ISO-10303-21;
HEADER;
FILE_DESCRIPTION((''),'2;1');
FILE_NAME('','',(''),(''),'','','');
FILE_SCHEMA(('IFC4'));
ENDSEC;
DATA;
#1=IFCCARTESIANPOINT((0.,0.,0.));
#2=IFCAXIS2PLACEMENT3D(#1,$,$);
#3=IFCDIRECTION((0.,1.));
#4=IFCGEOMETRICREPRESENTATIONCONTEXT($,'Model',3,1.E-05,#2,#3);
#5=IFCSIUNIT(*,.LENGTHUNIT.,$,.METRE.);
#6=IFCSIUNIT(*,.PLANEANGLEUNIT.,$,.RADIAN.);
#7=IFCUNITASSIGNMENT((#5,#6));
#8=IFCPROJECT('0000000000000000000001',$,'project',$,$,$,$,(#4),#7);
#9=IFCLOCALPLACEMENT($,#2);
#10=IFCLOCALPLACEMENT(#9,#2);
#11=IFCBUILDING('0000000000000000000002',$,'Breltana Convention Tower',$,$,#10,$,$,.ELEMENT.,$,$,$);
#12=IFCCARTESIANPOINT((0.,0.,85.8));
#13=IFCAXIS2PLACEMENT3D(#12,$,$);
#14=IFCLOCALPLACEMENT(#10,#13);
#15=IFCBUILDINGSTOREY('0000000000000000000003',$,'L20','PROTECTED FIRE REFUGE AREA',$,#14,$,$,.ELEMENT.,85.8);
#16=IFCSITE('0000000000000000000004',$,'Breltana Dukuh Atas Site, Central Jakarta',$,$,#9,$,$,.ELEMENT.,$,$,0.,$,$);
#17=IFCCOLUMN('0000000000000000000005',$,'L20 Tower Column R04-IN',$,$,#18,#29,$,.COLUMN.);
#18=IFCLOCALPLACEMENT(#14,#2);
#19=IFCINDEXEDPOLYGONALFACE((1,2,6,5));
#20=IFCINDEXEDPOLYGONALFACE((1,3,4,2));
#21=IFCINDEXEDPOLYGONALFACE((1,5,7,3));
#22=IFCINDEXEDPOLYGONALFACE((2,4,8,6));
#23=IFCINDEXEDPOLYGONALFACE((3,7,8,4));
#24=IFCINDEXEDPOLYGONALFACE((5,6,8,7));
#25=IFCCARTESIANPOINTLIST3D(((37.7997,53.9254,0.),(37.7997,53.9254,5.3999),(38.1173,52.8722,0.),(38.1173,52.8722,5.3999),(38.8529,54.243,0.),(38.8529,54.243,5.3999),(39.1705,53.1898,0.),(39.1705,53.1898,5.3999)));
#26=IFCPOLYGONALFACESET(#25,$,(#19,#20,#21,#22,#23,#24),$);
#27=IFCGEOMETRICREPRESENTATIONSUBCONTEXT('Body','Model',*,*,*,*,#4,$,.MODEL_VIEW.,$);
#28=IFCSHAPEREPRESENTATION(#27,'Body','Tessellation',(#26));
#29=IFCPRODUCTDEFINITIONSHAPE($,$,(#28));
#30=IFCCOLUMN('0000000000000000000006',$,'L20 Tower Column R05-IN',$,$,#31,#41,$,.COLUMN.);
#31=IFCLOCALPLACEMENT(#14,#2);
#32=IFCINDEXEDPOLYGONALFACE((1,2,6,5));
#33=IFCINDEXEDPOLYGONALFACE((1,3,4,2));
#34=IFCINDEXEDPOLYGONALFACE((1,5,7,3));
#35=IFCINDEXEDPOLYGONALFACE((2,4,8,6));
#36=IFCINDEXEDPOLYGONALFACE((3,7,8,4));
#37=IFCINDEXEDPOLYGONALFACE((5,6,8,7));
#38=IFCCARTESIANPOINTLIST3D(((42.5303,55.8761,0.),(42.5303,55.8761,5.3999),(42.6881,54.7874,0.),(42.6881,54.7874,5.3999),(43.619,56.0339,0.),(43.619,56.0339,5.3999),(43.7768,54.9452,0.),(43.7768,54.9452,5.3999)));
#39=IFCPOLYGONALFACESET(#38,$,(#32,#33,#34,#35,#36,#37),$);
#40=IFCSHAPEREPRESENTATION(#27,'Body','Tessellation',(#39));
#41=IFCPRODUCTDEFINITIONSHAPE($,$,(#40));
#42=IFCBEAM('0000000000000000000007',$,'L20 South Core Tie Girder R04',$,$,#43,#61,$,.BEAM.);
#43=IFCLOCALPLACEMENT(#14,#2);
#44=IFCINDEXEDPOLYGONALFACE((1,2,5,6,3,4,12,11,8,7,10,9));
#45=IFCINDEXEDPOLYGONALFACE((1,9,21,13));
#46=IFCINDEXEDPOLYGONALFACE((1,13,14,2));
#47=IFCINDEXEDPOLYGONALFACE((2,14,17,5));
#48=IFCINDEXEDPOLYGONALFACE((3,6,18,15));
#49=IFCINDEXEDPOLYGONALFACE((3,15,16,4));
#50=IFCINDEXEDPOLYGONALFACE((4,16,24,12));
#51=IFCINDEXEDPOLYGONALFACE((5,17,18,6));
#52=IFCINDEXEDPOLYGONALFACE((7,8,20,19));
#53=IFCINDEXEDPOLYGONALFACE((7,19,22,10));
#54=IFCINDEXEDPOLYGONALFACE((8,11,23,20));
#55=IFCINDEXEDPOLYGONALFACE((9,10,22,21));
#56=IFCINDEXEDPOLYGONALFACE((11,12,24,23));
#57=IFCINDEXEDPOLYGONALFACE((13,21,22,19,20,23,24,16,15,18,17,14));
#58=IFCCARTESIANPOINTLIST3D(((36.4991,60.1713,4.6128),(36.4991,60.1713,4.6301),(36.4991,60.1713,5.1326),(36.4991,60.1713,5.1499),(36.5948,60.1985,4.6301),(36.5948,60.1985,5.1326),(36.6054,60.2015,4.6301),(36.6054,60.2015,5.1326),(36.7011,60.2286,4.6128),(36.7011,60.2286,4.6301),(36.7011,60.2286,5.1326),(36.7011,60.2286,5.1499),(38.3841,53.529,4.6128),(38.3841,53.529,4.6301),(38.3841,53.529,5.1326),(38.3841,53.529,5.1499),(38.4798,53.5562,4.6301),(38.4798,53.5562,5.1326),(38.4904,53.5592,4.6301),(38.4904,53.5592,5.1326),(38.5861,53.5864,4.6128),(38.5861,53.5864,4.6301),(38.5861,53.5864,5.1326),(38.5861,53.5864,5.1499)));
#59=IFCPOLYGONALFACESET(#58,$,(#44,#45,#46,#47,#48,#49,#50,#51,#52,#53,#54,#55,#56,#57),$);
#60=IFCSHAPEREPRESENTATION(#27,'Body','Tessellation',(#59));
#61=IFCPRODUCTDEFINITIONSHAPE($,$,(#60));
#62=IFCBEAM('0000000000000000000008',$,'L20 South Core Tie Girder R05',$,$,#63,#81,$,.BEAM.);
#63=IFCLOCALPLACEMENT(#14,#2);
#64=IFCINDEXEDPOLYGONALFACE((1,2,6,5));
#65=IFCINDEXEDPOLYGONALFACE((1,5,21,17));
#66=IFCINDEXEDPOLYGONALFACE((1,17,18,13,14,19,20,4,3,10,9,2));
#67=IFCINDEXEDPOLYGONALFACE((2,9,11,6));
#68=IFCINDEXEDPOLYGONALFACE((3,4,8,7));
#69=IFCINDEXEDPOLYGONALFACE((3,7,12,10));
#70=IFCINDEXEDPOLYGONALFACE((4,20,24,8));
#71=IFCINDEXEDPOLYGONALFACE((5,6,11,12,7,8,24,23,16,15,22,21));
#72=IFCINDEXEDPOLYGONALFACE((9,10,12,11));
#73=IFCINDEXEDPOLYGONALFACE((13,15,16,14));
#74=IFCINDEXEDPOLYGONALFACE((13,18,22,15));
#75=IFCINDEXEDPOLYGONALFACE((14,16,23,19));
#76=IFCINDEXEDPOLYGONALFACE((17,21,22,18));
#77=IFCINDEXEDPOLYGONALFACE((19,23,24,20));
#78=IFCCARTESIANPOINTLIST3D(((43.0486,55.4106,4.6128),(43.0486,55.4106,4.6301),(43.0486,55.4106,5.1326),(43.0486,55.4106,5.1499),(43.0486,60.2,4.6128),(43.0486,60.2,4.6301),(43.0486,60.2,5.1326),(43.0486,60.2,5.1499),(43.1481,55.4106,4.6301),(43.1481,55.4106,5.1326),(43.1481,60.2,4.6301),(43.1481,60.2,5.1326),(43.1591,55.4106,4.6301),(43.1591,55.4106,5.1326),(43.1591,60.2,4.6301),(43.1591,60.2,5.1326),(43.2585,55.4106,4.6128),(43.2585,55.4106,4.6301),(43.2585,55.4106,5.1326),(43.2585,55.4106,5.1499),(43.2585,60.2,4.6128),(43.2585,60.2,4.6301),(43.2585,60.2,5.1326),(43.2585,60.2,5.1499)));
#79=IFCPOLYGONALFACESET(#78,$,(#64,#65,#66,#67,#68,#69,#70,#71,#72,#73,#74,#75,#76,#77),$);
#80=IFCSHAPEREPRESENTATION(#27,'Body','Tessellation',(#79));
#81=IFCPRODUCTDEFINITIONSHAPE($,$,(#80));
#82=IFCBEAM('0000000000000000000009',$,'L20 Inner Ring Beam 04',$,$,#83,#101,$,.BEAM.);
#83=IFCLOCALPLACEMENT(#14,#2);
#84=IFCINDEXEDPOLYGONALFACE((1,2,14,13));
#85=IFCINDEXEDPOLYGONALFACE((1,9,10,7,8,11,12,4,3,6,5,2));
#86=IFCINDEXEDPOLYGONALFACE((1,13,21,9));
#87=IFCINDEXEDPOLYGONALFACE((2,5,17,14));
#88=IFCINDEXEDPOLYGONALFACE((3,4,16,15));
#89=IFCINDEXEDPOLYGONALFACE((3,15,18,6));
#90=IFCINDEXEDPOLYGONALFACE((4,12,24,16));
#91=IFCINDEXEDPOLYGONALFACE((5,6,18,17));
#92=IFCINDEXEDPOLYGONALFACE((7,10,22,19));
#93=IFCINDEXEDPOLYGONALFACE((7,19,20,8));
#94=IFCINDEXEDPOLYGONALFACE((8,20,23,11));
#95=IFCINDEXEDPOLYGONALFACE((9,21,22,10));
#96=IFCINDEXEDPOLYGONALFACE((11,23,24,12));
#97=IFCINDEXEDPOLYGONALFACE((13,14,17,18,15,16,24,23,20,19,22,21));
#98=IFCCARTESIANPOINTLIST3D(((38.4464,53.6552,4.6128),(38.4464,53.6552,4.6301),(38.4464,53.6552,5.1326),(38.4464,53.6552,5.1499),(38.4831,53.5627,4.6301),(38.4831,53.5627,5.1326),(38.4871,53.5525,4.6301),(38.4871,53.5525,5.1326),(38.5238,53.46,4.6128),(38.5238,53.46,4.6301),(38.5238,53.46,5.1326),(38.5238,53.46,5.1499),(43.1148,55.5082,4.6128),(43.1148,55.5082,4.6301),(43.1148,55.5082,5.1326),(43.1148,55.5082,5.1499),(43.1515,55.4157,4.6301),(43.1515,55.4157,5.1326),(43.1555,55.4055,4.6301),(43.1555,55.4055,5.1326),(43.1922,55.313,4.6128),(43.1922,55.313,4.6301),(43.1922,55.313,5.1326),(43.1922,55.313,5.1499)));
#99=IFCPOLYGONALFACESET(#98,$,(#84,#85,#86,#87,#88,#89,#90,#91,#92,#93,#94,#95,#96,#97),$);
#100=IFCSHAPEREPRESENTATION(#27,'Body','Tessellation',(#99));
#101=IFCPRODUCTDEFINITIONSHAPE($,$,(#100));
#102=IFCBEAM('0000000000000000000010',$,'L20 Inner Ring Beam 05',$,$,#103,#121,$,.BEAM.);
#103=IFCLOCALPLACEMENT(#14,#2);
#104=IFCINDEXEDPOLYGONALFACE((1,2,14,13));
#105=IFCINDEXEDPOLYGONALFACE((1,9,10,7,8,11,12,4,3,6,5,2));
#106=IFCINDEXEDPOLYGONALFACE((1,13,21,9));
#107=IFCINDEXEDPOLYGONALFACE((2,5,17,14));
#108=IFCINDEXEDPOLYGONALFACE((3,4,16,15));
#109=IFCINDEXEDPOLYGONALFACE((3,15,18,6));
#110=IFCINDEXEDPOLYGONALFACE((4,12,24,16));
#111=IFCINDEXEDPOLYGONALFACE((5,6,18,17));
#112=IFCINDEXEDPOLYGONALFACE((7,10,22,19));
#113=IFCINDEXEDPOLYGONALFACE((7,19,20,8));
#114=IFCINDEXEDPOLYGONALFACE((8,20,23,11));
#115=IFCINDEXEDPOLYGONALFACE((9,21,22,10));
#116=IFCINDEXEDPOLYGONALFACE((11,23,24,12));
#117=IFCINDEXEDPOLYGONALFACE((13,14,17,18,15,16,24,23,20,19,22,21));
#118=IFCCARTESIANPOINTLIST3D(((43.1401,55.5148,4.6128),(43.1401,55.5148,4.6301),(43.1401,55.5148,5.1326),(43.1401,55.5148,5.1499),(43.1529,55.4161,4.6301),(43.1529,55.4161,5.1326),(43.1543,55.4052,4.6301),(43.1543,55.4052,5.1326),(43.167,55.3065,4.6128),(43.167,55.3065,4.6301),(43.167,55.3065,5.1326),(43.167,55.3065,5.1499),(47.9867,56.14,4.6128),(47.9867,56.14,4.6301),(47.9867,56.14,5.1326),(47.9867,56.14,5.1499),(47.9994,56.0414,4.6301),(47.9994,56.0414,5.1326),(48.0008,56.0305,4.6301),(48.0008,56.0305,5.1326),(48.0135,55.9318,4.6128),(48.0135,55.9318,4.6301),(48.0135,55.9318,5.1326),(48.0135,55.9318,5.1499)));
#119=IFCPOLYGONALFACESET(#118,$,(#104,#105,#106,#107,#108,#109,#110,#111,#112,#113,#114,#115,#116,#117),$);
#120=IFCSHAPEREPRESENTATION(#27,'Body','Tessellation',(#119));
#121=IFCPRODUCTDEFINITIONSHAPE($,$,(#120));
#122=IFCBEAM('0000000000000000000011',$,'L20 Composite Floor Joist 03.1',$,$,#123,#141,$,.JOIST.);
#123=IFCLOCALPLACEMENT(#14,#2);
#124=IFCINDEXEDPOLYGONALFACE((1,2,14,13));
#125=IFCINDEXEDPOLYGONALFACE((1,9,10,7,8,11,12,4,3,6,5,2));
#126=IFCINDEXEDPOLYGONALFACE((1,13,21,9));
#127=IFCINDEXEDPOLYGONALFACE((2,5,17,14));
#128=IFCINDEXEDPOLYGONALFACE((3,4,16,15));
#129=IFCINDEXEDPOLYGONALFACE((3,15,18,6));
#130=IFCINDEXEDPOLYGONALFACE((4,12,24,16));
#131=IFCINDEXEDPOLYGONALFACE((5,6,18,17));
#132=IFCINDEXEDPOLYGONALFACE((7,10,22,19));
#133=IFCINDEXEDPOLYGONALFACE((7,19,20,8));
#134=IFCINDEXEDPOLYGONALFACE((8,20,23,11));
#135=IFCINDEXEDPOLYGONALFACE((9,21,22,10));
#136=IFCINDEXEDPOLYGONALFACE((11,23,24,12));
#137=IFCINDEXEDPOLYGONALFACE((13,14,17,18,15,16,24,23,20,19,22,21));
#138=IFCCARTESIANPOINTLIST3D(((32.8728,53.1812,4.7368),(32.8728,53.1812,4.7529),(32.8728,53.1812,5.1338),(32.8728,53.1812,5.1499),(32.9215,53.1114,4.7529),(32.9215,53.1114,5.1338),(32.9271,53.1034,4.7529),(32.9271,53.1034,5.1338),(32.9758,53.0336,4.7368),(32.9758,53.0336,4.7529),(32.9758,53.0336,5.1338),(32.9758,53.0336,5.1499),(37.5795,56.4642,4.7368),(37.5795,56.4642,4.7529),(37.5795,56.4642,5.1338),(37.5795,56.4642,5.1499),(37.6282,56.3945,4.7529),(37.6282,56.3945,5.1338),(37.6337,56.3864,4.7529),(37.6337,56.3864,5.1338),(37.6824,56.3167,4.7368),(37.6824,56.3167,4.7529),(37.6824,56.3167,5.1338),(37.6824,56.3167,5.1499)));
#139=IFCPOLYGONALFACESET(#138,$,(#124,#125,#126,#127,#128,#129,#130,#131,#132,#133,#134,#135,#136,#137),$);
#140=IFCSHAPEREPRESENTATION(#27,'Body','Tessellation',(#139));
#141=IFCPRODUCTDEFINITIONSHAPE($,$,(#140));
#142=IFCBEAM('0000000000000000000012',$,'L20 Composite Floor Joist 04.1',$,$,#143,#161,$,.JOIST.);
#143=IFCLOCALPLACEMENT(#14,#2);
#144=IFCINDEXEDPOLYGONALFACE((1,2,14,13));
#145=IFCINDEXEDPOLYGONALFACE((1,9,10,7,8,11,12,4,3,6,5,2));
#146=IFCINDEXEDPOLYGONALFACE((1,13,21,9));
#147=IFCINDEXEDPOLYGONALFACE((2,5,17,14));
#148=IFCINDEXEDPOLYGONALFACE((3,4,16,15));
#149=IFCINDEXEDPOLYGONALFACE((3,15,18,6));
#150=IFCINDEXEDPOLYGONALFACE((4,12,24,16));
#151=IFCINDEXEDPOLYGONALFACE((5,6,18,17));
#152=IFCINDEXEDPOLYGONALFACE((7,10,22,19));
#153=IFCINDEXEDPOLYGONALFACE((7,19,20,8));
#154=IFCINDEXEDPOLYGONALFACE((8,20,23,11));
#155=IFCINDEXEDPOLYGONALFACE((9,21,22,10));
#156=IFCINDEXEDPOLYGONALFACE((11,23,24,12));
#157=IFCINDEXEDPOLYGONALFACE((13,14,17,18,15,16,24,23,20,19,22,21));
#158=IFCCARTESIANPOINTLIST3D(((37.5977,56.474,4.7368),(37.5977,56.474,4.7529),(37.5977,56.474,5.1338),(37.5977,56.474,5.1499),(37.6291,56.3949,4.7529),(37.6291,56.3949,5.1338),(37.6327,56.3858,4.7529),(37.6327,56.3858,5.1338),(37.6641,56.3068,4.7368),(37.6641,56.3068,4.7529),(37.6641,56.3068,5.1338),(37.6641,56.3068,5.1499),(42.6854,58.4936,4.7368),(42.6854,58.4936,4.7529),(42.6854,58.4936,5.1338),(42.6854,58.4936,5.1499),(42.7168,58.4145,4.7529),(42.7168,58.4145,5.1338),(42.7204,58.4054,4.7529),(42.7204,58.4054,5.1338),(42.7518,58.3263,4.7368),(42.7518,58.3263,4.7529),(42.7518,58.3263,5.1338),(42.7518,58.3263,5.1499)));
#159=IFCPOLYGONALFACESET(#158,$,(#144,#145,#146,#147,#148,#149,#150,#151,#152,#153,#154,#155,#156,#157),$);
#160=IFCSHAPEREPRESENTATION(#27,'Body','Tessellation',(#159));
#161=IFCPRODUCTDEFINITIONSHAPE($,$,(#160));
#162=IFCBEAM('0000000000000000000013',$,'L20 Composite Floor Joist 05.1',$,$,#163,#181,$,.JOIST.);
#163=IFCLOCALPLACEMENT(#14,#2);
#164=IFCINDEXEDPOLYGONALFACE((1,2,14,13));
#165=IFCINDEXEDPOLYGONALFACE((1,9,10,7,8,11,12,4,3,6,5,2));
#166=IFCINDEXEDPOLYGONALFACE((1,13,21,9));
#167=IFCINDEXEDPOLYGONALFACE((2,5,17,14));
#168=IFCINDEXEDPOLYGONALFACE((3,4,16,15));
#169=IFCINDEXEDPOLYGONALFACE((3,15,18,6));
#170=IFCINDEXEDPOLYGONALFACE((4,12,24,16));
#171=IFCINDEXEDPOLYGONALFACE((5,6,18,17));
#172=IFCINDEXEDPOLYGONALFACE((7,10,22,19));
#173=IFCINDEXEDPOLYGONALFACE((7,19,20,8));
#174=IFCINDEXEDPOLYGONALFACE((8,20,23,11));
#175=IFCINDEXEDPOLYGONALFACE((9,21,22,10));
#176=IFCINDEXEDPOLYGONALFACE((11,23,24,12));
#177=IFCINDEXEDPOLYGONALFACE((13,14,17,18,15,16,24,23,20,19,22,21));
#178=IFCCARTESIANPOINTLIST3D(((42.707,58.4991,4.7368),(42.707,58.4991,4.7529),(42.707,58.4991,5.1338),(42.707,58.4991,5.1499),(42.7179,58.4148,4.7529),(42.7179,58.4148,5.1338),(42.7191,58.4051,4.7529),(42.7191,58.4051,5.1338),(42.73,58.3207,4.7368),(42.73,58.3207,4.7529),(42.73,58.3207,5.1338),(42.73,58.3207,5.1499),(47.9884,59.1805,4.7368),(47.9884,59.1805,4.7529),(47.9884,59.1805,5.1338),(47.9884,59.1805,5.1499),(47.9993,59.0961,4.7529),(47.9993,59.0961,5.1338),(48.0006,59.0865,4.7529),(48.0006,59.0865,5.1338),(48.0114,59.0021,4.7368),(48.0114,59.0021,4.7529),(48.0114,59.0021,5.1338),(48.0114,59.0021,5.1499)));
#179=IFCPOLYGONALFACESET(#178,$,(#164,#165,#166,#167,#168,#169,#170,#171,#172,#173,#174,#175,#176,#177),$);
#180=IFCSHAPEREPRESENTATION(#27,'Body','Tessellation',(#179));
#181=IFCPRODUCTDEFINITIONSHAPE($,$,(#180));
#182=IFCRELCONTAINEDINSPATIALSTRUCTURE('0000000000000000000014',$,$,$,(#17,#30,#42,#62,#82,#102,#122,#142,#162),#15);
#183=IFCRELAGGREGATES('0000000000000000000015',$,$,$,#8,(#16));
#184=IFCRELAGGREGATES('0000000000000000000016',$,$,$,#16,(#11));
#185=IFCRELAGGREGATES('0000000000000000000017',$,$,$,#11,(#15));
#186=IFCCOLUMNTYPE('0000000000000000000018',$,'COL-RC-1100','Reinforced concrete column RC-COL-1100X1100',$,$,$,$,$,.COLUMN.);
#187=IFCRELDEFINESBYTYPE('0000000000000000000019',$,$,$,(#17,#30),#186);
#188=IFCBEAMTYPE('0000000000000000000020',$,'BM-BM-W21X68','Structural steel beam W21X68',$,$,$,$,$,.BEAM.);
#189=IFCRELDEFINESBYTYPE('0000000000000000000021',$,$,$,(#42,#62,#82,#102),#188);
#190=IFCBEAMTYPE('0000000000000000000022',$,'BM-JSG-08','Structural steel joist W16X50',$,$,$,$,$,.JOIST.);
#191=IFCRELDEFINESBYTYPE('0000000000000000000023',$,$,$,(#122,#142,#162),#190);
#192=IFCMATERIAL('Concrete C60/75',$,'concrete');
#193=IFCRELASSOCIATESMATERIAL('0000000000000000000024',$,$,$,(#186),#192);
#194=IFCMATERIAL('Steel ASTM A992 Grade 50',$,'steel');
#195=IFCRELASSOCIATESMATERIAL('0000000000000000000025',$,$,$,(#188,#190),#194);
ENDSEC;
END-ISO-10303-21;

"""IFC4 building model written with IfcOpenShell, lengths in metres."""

from ifc_helpers import new_model, si_unit, direction, frame, origin, origin_2d, place, context, subcontext, project, spatial, rectangle, i_section, extrude, source, transform, mapped, material, material_profile, profile_set, type_object, type_shapes, element, save


model = new_model("IFC4")

# Units and contexts
model_context = context("Model", 3, precision=1e-05, world=origin(), true_north=direction((0.0, 1.0)))
body_context = subcontext(model_context, "Body", "Model", "MODEL_VIEW")
ifc_project = project(units=[si_unit("LENGTHUNIT", "METRE"), si_unit("PLANEANGLEUNIT", "RADIAN")], contexts=[model_context])

# Site, building, storey
site_placement = place(None, origin())
site = spatial("IfcSite", under=ifc_project, at=site_placement, Name="Breltana Dukuh Atas Site, Central Jakarta", CompositionType="ELEMENT", RefElevation=0.0)
building_placement = place(site_placement, origin())
building = spatial("IfcBuilding", under=site, at=building_placement, Name="Breltana Convention Tower", CompositionType="ELEMENT")
storey_placement = place(building_placement, frame((0.0, 0.0, 85.8)))
storey = spatial("IfcBuildingStorey", under=building, at=storey_placement, Name="L20", Description="PROTECTED FIRE REFUGE AREA", CompositionType="ELEMENT", Elevation=85.8)

# Columns
ifc_material_1 = material(Name="Concrete C60/75", Category="concrete")
ifc_material_profile_1 = material_profile(ifc_material_1, rectangle(XDim=1.1001, YDim=1.1001, at=origin_2d()), Name="RC-COL-1100X1100")
ifc_profile_set_1 = profile_set([ifc_material_profile_1], Name="Concrete C60/75")
column_type = type_object("IfcColumnType", Name="COL-RC-1100", Description="Reinforced concrete column RC-COL-1100X1100", PredefinedType="COLUMN", material=ifc_profile_set_1)
shared_shape_1 = source(origin(), body_context, "Body", "SweptSolid", [
    extrude(rectangle(XDim=1.1001, YDim=1.1001, at=origin_2d()), origin(), (0.0, 0.0, 1.0), 5.3999),
])
type_shapes(column_type, [shared_shape_1])
for number, where, z_axis, x_axis, name in (
    (1, (38.4851, 53.5576, 0.0), (0.0, 0.0, 1.0), (-0.288698, 0.95742, 0.0), "L20 Tower Column R04-IN"),
    (2, (43.1536, 55.4106, 0.0), (0.0, 0.0, 1.0), (-0.143493, 0.989651, 0.0), "L20 Tower Column R05-IN"),
):
    element("IfcColumn", number, at=place(storey_placement, frame(where, z_axis=z_axis, x_axis=x_axis)), inside=storey, type_object=column_type, Name=name, PredefinedType="COLUMN", context=body_context, shape_type="MappedRepresentation", body=[
        mapped(shared_shape_1, transform((0.0, 0.0, 0.0), scale=1.0)),
    ])

# Beams
ifc_material_2 = material(Name="Steel ASTM A992 Grade 50", Category="steel")
ifc_material_profile_2 = material_profile(ifc_material_2, i_section(OverallWidth=0.21, OverallDepth=0.5371, WebThickness=0.011, FlangeThickness=0.0173, at=origin_2d()), Name="W21X68")
ifc_profile_set_2 = profile_set([ifc_material_profile_2], Name="Steel ASTM A992 Grade 50")
beam_type_1 = type_object("IfcBeamType", Name="BM-BM-W21X68", Description="Structural steel beam W21X68", PredefinedType="BEAM", material=ifc_profile_set_2)
shared_shape_2 = source(origin(), body_context, "Body", "SweptSolid", [
    extrude(i_section(OverallWidth=0.21, OverallDepth=0.5371, WebThickness=0.011, FlangeThickness=0.0173, at=origin_2d()), origin(), (0.0, 0.0, 1.0), 6.9045),
])
type_shapes(beam_type_1, [shared_shape_2])
beam_1_placement = place(storey_placement, frame((36.6001, 60.2, 4.8813), z_axis=(0.273007, -0.962012, 0.0), x_axis=(0.962012, 0.273007, 0.0)))
element("IfcBeam", 3, at=beam_1_placement, inside=storey, type_object=beam_type_1, Name="L20 South Core Tie Girder R04", PredefinedType="BEAM", context=body_context, shape_type="MappedRepresentation", body=[
    mapped(shared_shape_2, transform((0.0, 0.0, 0.0), scale=1.0)),
])
shared_shape_3 = source(origin(), body_context, "Body", "SweptSolid", [
    extrude(i_section(OverallWidth=0.21, OverallDepth=0.5371, WebThickness=0.011, FlangeThickness=0.0173, at=origin_2d()), origin(), (0.0, 0.0, 1.0), 4.7893),
])
beam_2_placement = place(storey_placement, frame((43.1536, 60.2, 4.8813), z_axis=(0.0, -1.0, 0.0), x_axis=(1.0, 0.0, 0.0)))
element("IfcBeam", 4, at=beam_2_placement, inside=storey, type_object=beam_type_1, Name="L20 South Core Tie Girder R05", PredefinedType="BEAM", context=body_context, shape_type="MappedRepresentation", body=[
    mapped(shared_shape_3, transform((0.0, 0.0, 0.0), scale=1.0)),
])
shared_shape_4 = source(origin(), body_context, "Body", "SweptSolid", [
    extrude(i_section(OverallWidth=0.21, OverallDepth=0.5371, WebThickness=0.011, FlangeThickness=0.0173, at=origin_2d()), origin(), (0.0, 0.0, 1.0), 5.0227),
])
beam_3_placement = place(storey_placement, frame((38.4851, 53.5576, 4.8813), z_axis=(0.929459, 0.368926, 0.0), x_axis=(-0.368926, 0.929459, 0.0)))
element("IfcBeam", 5, at=beam_3_placement, inside=storey, type_object=beam_type_1, Name="L20 Inner Ring Beam 04", PredefinedType="BEAM", context=body_context, shape_type="MappedRepresentation", body=[
    mapped(shared_shape_4, transform((0.0, 0.0, 0.0), scale=1.0)),
])
shared_shape_5 = source(origin(), body_context, "Body", "SweptSolid", [
    extrude(i_section(OverallWidth=0.21, OverallDepth=0.5371, WebThickness=0.011, FlangeThickness=0.0173, at=origin_2d()), origin(), (0.0, 0.0, 1.0), 4.8867),
])
beam_4_placement = place(storey_placement, frame((43.1536, 55.4106, 4.8813), z_axis=(0.991781, 0.127951, 0.0), x_axis=(-0.127951, 0.991781, 0.0)))
element("IfcBeam", 6, at=beam_4_placement, inside=storey, type_object=beam_type_1, Name="L20 Inner Ring Beam 05", PredefinedType="BEAM", context=body_context, shape_type="MappedRepresentation", body=[
    mapped(shared_shape_5, transform((0.0, 0.0, 0.0), scale=1.0)),
])
ifc_material_profile_3 = material_profile(ifc_material_2, i_section(OverallWidth=0.1799, OverallDepth=0.4131, WebThickness=0.0098, FlangeThickness=0.0161, at=origin_2d()), Name="W16X50")
ifc_profile_set_3 = profile_set([ifc_material_profile_3], Name="Steel ASTM A992 Grade 50")
beam_type_2 = type_object("IfcBeamType", Name="BM-JSG-08", Description="Structural steel joist W16X50", PredefinedType="JOIST", material=ifc_profile_set_3)
shared_shape_6 = source(origin(), body_context, "Body", "SweptSolid", [
    extrude(i_section(OverallWidth=0.1799, OverallDepth=0.4131, WebThickness=0.0098, FlangeThickness=0.0161, at=origin_2d()), origin(), (0.0, 0.0, 1.0), 5.7385),
])
beam_5_placement = place(storey_placement, frame((32.9243, 53.1074, 4.9434), z_axis=(0.820182, 0.572102, 0.0), x_axis=(-0.572102, 0.820182, 0.0)))
element("IfcBeam", 7, at=beam_5_placement, inside=storey, type_object=beam_type_2, Name="L20 Composite Floor Joist 03.1", PredefinedType="JOIST", context=body_context, shape_type="MappedRepresentation", body=[
    mapped(shared_shape_6, transform((0.0, 0.0, 0.0), scale=1.0)),
])
shared_shape_7 = source(origin(), body_context, "Body", "SweptSolid", [
    extrude(i_section(OverallWidth=0.1799, OverallDepth=0.4131, WebThickness=0.0098, FlangeThickness=0.0161, at=origin_2d()), origin(), (0.0, 0.0, 1.0), 5.4739),
])
beam_6_placement = place(storey_placement, frame((37.6309, 56.3904, 4.9434), z_axis=(0.929452, 0.368944, 0.0), x_axis=(-0.368944, 0.929452, 0.0)))
element("IfcBeam", 8, at=beam_6_placement, inside=storey, type_object=beam_type_2, Name="L20 Composite Floor Joist 04.1", PredefinedType="JOIST", context=body_context, shape_type="MappedRepresentation", body=[
    mapped(shared_shape_7, transform((0.0, 0.0, 0.0), scale=1.0)),
])
shared_shape_8 = source(origin(), body_context, "Body", "SweptSolid", [
    extrude(i_section(OverallWidth=0.1799, OverallDepth=0.4131, WebThickness=0.0098, FlangeThickness=0.0161, at=origin_2d()), origin(), (0.0, 0.0, 1.0), 5.3252),
])
beam_7_placement = place(storey_placement, frame((42.7185, 58.4099, 4.9434), z_axis=(0.99178, 0.127955, 0.0), x_axis=(-0.127955, 0.99178, 0.0)))
element("IfcBeam", 9, at=beam_7_placement, inside=storey, type_object=beam_type_2, Name="L20 Composite Floor Joist 05.1", PredefinedType="JOIST", context=body_context, shape_type="MappedRepresentation", body=[
    mapped(shared_shape_8, transform((0.0, 0.0, 0.0), scale=1.0)),
])

save(model, "model.ifc")
